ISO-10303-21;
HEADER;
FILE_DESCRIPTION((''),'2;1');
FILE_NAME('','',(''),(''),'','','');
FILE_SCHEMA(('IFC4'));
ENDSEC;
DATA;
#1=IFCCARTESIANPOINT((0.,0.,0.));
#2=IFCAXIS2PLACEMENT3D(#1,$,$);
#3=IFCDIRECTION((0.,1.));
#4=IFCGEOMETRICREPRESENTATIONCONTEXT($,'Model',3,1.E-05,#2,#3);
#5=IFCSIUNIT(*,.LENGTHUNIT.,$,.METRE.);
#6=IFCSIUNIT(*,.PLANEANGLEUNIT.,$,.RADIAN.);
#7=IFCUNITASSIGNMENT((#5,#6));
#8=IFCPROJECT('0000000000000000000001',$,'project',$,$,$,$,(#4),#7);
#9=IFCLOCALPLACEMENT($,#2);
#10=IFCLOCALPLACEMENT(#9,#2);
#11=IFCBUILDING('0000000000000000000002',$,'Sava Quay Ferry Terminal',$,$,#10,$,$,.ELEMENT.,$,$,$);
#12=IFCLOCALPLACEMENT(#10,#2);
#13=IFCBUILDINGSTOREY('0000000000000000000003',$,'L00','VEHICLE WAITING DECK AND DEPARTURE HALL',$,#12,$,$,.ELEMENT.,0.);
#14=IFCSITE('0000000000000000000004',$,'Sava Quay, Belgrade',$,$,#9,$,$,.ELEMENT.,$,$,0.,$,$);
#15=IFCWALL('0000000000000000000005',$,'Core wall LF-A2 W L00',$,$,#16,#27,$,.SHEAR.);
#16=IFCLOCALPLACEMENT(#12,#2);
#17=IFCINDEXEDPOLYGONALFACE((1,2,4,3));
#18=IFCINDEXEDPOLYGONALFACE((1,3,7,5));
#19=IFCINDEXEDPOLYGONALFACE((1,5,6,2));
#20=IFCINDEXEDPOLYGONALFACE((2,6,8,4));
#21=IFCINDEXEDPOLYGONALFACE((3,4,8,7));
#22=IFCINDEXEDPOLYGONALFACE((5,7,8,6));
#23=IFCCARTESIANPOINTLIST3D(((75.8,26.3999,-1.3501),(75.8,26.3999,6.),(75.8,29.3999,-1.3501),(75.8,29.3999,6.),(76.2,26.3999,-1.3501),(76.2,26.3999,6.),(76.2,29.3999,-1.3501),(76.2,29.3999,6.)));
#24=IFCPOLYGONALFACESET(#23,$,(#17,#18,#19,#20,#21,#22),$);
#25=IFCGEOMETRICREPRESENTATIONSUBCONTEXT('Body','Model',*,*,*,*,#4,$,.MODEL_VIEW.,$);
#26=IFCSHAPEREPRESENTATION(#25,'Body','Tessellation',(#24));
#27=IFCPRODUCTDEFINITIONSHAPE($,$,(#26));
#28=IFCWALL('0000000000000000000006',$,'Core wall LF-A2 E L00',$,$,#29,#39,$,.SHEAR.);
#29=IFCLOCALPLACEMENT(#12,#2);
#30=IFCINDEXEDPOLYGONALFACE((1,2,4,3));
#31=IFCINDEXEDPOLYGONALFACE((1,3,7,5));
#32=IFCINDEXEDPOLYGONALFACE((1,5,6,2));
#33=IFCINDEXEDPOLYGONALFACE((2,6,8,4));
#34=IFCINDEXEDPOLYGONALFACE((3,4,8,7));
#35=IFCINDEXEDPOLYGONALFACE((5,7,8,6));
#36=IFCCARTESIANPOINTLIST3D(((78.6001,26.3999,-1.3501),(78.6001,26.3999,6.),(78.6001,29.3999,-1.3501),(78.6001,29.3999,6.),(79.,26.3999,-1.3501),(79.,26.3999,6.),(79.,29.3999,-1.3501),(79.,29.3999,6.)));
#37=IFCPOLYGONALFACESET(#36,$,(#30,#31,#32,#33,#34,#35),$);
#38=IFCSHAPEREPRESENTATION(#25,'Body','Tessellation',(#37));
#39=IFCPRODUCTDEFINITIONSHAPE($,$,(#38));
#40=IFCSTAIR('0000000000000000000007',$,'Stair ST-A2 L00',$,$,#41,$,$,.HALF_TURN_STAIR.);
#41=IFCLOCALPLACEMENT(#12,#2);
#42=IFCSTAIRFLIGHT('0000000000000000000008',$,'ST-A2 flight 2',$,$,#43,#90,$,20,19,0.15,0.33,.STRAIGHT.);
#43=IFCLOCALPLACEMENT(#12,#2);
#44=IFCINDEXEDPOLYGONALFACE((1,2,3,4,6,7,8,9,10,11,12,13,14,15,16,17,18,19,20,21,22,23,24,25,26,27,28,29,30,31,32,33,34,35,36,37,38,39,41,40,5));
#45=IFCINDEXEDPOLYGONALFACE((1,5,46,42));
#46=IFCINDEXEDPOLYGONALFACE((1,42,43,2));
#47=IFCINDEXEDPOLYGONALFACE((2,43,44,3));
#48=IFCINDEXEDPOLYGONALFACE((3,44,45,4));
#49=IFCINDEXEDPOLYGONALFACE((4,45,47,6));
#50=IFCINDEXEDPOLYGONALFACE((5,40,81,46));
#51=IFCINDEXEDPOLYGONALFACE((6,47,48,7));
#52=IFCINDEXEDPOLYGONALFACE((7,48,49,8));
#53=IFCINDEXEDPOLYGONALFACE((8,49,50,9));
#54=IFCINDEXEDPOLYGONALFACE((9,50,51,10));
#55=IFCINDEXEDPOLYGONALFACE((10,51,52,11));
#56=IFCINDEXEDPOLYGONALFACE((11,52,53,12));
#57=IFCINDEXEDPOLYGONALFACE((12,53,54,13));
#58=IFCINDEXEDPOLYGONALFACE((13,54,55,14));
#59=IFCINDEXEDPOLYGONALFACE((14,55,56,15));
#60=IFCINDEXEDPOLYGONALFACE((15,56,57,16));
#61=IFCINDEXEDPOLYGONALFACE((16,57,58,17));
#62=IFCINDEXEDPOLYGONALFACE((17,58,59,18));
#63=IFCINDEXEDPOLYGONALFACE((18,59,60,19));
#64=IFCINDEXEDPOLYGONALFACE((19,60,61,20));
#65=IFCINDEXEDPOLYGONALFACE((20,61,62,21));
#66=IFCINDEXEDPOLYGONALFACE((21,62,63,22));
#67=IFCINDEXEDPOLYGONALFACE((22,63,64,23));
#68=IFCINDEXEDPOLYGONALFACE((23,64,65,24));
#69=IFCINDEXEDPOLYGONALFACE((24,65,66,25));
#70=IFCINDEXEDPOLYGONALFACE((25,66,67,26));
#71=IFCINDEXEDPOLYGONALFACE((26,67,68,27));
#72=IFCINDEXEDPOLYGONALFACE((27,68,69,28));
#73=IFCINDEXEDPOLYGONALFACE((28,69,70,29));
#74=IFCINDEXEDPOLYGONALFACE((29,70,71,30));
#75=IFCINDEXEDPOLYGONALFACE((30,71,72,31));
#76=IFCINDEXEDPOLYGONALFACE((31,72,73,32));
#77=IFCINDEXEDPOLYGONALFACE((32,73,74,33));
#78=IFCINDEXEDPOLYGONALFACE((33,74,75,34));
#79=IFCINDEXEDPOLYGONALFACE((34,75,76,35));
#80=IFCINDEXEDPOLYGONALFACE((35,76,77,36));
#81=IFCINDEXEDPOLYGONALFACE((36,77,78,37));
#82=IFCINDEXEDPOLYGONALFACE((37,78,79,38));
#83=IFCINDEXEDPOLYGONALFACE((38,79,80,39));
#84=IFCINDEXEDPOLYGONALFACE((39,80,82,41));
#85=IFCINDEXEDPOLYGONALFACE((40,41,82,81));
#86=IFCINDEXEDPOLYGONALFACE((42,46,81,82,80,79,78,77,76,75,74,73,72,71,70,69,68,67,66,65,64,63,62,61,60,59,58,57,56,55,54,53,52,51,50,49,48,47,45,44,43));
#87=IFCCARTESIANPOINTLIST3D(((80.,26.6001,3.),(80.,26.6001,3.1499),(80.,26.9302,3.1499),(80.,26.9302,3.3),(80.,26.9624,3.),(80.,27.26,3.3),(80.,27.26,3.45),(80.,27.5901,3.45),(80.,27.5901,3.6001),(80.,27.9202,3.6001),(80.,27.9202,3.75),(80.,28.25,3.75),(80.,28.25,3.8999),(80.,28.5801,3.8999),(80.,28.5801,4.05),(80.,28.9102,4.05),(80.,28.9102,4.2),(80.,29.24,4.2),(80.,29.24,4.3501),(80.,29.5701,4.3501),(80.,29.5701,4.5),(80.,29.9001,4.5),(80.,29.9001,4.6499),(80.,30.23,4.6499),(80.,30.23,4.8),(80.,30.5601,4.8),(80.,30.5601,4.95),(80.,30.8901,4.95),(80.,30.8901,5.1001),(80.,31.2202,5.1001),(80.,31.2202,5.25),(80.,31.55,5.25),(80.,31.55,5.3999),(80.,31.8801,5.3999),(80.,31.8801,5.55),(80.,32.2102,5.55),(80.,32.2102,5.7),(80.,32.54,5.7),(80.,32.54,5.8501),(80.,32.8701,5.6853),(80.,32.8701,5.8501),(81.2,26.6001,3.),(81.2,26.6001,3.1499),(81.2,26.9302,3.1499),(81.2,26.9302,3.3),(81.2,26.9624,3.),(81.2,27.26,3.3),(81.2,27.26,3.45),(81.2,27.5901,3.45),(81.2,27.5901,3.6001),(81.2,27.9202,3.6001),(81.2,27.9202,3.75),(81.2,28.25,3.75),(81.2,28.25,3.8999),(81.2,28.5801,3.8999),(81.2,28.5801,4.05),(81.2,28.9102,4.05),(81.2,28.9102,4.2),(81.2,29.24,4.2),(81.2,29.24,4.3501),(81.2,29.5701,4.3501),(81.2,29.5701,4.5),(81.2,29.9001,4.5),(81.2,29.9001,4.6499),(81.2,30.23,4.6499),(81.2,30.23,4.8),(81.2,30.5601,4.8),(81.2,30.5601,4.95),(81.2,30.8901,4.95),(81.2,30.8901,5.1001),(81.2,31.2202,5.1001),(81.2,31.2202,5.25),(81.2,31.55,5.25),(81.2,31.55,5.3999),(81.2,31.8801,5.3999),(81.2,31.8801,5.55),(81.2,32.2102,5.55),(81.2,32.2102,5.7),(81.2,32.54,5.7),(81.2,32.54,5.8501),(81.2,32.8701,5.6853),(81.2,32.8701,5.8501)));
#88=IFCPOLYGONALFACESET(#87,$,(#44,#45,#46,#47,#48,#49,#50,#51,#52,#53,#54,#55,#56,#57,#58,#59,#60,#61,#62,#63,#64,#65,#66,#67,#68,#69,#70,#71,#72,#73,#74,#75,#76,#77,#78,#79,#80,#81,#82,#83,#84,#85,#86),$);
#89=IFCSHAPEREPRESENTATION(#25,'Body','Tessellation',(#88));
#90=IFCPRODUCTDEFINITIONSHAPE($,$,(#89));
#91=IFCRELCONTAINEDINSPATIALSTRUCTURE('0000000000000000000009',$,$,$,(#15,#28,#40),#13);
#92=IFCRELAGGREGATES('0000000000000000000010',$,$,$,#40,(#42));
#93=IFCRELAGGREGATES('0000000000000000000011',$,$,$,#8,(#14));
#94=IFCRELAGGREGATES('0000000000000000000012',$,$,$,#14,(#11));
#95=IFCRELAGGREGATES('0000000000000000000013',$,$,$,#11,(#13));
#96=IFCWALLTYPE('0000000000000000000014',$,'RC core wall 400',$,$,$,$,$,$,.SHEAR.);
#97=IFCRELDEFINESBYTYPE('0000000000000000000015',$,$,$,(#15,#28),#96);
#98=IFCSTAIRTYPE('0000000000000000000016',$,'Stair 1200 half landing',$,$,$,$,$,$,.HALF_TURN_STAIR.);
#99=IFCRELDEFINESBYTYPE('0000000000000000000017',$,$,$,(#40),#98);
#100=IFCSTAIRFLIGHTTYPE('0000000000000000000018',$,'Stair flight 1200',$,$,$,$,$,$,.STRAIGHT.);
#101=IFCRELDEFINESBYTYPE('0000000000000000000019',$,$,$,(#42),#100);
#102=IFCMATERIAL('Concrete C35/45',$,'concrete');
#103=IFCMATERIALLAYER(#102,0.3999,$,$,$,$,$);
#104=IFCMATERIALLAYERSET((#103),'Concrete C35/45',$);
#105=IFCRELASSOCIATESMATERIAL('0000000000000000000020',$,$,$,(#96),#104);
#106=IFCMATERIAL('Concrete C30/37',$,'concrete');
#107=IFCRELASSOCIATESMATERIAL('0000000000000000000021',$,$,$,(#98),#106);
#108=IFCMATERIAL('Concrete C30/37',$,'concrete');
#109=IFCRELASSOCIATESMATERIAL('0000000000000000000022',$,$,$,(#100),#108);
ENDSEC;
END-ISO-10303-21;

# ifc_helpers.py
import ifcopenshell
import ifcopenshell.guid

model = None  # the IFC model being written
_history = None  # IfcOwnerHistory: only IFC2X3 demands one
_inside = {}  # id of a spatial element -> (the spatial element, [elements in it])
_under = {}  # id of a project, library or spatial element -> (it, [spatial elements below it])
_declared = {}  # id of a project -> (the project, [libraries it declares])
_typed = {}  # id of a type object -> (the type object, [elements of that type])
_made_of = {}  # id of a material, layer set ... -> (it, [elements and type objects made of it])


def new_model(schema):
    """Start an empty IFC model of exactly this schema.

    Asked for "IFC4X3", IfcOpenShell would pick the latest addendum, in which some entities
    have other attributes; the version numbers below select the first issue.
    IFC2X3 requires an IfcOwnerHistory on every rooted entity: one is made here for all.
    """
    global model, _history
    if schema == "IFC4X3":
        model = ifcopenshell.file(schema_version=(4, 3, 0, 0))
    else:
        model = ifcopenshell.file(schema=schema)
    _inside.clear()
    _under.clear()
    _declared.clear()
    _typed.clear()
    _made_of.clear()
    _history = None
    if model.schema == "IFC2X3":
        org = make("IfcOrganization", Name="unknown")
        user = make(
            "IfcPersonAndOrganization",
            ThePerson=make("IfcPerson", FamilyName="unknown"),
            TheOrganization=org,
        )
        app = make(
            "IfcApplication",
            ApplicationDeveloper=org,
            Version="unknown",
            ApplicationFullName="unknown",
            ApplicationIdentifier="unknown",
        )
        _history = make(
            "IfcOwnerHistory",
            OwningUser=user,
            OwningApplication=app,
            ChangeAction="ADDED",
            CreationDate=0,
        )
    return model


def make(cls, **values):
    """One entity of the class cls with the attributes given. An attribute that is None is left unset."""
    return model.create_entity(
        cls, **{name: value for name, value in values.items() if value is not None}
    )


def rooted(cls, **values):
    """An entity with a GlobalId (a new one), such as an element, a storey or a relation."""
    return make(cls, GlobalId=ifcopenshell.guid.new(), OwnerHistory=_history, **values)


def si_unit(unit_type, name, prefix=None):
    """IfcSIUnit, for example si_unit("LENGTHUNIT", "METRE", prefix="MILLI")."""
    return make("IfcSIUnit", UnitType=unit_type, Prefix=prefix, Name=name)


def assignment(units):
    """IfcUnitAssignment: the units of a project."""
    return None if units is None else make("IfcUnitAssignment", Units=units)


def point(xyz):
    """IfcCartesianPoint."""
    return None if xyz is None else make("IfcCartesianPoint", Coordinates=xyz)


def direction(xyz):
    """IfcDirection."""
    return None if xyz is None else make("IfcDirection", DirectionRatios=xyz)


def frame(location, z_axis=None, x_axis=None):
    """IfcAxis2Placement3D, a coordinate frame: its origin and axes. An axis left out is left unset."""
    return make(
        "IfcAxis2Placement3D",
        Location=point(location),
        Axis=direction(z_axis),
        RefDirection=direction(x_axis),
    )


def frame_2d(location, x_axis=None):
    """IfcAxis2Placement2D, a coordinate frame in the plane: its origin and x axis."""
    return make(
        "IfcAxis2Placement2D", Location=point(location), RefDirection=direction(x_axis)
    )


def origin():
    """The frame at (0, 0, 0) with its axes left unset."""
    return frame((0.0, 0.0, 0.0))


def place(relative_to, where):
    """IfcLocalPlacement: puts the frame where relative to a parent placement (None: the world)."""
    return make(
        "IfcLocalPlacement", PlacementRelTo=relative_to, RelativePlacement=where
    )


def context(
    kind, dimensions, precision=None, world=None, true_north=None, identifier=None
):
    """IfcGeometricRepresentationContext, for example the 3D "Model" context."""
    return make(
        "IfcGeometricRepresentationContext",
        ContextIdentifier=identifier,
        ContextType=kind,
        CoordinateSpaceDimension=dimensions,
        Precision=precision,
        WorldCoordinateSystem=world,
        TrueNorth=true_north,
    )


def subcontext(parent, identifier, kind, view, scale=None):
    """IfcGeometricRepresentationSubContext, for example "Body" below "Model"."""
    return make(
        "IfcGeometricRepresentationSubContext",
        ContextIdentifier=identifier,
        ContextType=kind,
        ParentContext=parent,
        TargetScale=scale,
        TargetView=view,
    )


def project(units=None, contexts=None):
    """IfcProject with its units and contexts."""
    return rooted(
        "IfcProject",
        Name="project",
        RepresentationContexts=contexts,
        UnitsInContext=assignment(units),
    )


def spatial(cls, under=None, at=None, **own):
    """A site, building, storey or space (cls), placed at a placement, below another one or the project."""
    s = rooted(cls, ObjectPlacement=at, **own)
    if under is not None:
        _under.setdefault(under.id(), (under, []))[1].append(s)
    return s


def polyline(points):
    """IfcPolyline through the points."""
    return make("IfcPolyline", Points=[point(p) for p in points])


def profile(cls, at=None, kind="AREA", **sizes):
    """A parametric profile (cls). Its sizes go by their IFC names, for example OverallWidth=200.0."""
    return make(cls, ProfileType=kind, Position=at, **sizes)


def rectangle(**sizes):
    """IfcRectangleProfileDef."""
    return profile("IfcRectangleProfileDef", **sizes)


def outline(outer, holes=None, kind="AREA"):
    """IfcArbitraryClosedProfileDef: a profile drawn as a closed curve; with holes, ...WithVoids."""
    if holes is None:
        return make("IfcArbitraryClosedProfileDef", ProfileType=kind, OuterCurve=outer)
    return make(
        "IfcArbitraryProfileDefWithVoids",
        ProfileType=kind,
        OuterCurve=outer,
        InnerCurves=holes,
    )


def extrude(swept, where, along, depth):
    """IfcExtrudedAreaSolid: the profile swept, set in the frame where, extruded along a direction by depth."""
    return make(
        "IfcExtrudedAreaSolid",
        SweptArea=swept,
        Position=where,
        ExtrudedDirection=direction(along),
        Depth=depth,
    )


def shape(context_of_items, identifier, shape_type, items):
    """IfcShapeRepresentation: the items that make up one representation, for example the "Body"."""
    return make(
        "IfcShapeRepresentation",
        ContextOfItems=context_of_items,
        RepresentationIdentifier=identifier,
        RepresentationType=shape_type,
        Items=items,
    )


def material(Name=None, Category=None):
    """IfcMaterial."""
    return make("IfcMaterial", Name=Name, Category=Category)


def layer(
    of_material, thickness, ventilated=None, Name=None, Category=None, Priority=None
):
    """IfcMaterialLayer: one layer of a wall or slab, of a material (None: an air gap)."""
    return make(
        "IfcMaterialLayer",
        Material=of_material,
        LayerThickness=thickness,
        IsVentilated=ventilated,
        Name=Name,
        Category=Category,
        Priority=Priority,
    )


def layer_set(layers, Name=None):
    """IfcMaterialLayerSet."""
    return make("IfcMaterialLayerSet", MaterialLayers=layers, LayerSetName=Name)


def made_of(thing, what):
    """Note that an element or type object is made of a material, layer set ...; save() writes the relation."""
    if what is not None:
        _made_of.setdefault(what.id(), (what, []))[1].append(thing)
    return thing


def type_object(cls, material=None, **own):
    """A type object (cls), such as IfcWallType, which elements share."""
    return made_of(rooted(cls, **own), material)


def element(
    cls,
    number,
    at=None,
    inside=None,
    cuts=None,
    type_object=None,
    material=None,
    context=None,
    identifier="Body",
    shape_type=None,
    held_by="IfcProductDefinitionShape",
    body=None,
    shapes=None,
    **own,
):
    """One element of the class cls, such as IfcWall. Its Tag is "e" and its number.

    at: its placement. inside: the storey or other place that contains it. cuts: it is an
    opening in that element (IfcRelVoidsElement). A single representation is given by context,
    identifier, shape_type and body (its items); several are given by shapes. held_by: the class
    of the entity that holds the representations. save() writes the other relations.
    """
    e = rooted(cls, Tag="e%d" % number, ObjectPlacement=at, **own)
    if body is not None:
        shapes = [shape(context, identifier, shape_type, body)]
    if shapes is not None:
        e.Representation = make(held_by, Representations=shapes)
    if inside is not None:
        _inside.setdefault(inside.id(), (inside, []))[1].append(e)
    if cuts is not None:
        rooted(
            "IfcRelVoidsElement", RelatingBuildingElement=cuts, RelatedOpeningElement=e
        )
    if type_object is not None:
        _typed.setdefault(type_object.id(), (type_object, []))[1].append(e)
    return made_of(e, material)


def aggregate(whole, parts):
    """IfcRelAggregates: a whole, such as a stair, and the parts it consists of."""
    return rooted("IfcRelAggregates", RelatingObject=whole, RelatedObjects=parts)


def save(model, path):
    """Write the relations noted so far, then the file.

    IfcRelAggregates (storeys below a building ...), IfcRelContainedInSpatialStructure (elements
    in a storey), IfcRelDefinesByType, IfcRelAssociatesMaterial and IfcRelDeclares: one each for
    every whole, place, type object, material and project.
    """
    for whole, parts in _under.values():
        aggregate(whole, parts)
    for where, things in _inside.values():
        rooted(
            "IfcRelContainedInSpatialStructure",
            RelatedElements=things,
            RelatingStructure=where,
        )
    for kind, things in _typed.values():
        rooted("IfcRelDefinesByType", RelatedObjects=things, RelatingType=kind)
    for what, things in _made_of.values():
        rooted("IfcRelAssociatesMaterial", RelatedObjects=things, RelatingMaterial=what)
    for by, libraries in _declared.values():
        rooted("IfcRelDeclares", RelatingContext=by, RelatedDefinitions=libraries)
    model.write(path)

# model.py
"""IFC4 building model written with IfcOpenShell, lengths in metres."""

from ifc_helpers import new_model, si_unit, direction, frame, frame_2d, origin, place, context, subcontext, project, spatial, polyline, rectangle, outline, extrude, material, layer, layer_set, type_object, element, aggregate, save


model = new_model("IFC4")

# Units and contexts
model_context = context("Model", 3, precision=1e-05, world=origin(), true_north=direction((0.0, 1.0)))
body_context = subcontext(model_context, "Body", "Model", "MODEL_VIEW")
ifc_project = project(units=[si_unit("LENGTHUNIT", "METRE"), si_unit("PLANEANGLEUNIT", "RADIAN")], contexts=[model_context])

# Site, building, storey
site_placement = place(None, origin())
site = spatial("IfcSite", under=ifc_project, at=site_placement, Name="Sava Quay, Belgrade", CompositionType="ELEMENT", RefElevation=0.0)
building_placement = place(site_placement, origin())
building = spatial("IfcBuilding", under=site, at=building_placement, Name="Sava Quay Ferry Terminal", CompositionType="ELEMENT")
storey_placement = place(building_placement, origin())
storey = spatial("IfcBuildingStorey", under=building, at=storey_placement, Name="L00", Description="VEHICLE WAITING DECK AND DEPARTURE HALL", CompositionType="ELEMENT", Elevation=0.0)

# Shared definitions
ifc_material_1 = material(Name="Concrete C35/45", Category="concrete")
ifc_layer_1 = layer(ifc_material_1, 0.3999)
ifc_layer_set_1 = layer_set([ifc_layer_1], Name="Concrete C35/45")
wall_type_1 = type_object("IfcWallType", Name="RC core wall 400", PredefinedType="SHEAR", material=ifc_layer_set_1)

# Walls
for number, where, z_axis, x_axis, name in (
    (1, (76.0, 26.3999, -1.3501), (0.0, 0.0, 1.0), (0.0, 1.0, 0.0), "Core wall LF-A2 W L00"),
    (2, (78.8, 26.3999, -1.3501), (0.0, 0.0, 1.0), (0.0, 1.0, 0.0), "Core wall LF-A2 E L00"),
):
    element("IfcWall", number, at=place(storey_placement, frame(where, z_axis=z_axis, x_axis=x_axis)), inside=storey, type_object=wall_type_1, Name=name, PredefinedType="SHEAR", context=body_context, shape_type="SweptSolid", body=[
        extrude(rectangle(XDim=3.0, YDim=0.3999, at=frame_2d((1.5, 0.0))), origin(), (0.0, 0.0, 1.0), 7.3501),
    ])

# Stair, stair flight
ifc_material_2 = material(Name="Concrete C30/37", Category="concrete")
stair_type = type_object("IfcStairType", Name="Stair 1200 half landing", PredefinedType="HALF_TURN_STAIR", material=ifc_material_2)
stair_placement = place(storey_placement, origin())
stair = element("IfcStair", 3, at=stair_placement, inside=storey, type_object=stair_type, Name="Stair ST-A2 L00", PredefinedType="HALF_TURN_STAIR")
ifc_material_3 = material(Name="Concrete C30/37", Category="concrete")
stair_flight_type = type_object("IfcStairFlightType", Name="Stair flight 1200", PredefinedType="STRAIGHT", material=ifc_material_3)
stair_flight_placement = place(storey_placement, frame((80.6001, 26.6001, 3.0), z_axis=(0.0, 0.0, 1.0), x_axis=(0.0, 1.0, 0.0)))
stair_flight = element("IfcStairFlight", 4, at=stair_flight_placement, type_object=stair_flight_type, Name="ST-A2 flight 2", NumberOfRisers=20, NumberOfTreads=19, PredefinedType="STRAIGHT", RiserHeight=0.15, TreadLength=0.33, context=body_context, shape_type="SweptSolid", body=[
    extrude(outline(polyline([(0.0, 0.0), (0.0, 0.1499), (0.3301, 0.1499), (0.3301, 0.3), (0.6599, 0.3), (0.6599, 0.45), (0.99, 0.45), (0.99, 0.6001), (1.3201, 0.6001), (1.3201, 0.75), (1.6499, 0.75), (1.6499, 0.8999), (1.98, 0.8999), (1.98, 1.05), (2.3101, 1.05), (2.3101, 1.2), (2.6399, 1.2), (2.6399, 1.3501), (2.97, 1.3501), (2.97, 1.5), (3.3, 1.5), (3.3, 1.6499), (3.6299, 1.6499), (3.6299, 1.8), (3.96, 1.8), (3.96, 1.95), (4.29, 1.95), (4.29, 2.1001), (4.6201, 2.1001), (4.6201, 2.25), (4.95, 2.25), (4.95, 2.3999), (5.28, 2.3999), (5.28, 2.55), (5.6101, 2.55), (5.6101, 2.7), (5.9399, 2.7), (5.9399, 2.8501), (6.27, 2.8501), (6.27, 3.0), (6.27, 2.6853), (0.3623, 0.0), (0.0, 0.0)])), frame((0.0, 0.6001, 0.0), z_axis=(0.0, -1.0, 0.0), x_axis=(1.0, 0.0, 0.0)), (0.0, 0.0, 1.0), 1.2),
])
aggregate(stair, [stair_flight])

save(model, "model.ifc")
